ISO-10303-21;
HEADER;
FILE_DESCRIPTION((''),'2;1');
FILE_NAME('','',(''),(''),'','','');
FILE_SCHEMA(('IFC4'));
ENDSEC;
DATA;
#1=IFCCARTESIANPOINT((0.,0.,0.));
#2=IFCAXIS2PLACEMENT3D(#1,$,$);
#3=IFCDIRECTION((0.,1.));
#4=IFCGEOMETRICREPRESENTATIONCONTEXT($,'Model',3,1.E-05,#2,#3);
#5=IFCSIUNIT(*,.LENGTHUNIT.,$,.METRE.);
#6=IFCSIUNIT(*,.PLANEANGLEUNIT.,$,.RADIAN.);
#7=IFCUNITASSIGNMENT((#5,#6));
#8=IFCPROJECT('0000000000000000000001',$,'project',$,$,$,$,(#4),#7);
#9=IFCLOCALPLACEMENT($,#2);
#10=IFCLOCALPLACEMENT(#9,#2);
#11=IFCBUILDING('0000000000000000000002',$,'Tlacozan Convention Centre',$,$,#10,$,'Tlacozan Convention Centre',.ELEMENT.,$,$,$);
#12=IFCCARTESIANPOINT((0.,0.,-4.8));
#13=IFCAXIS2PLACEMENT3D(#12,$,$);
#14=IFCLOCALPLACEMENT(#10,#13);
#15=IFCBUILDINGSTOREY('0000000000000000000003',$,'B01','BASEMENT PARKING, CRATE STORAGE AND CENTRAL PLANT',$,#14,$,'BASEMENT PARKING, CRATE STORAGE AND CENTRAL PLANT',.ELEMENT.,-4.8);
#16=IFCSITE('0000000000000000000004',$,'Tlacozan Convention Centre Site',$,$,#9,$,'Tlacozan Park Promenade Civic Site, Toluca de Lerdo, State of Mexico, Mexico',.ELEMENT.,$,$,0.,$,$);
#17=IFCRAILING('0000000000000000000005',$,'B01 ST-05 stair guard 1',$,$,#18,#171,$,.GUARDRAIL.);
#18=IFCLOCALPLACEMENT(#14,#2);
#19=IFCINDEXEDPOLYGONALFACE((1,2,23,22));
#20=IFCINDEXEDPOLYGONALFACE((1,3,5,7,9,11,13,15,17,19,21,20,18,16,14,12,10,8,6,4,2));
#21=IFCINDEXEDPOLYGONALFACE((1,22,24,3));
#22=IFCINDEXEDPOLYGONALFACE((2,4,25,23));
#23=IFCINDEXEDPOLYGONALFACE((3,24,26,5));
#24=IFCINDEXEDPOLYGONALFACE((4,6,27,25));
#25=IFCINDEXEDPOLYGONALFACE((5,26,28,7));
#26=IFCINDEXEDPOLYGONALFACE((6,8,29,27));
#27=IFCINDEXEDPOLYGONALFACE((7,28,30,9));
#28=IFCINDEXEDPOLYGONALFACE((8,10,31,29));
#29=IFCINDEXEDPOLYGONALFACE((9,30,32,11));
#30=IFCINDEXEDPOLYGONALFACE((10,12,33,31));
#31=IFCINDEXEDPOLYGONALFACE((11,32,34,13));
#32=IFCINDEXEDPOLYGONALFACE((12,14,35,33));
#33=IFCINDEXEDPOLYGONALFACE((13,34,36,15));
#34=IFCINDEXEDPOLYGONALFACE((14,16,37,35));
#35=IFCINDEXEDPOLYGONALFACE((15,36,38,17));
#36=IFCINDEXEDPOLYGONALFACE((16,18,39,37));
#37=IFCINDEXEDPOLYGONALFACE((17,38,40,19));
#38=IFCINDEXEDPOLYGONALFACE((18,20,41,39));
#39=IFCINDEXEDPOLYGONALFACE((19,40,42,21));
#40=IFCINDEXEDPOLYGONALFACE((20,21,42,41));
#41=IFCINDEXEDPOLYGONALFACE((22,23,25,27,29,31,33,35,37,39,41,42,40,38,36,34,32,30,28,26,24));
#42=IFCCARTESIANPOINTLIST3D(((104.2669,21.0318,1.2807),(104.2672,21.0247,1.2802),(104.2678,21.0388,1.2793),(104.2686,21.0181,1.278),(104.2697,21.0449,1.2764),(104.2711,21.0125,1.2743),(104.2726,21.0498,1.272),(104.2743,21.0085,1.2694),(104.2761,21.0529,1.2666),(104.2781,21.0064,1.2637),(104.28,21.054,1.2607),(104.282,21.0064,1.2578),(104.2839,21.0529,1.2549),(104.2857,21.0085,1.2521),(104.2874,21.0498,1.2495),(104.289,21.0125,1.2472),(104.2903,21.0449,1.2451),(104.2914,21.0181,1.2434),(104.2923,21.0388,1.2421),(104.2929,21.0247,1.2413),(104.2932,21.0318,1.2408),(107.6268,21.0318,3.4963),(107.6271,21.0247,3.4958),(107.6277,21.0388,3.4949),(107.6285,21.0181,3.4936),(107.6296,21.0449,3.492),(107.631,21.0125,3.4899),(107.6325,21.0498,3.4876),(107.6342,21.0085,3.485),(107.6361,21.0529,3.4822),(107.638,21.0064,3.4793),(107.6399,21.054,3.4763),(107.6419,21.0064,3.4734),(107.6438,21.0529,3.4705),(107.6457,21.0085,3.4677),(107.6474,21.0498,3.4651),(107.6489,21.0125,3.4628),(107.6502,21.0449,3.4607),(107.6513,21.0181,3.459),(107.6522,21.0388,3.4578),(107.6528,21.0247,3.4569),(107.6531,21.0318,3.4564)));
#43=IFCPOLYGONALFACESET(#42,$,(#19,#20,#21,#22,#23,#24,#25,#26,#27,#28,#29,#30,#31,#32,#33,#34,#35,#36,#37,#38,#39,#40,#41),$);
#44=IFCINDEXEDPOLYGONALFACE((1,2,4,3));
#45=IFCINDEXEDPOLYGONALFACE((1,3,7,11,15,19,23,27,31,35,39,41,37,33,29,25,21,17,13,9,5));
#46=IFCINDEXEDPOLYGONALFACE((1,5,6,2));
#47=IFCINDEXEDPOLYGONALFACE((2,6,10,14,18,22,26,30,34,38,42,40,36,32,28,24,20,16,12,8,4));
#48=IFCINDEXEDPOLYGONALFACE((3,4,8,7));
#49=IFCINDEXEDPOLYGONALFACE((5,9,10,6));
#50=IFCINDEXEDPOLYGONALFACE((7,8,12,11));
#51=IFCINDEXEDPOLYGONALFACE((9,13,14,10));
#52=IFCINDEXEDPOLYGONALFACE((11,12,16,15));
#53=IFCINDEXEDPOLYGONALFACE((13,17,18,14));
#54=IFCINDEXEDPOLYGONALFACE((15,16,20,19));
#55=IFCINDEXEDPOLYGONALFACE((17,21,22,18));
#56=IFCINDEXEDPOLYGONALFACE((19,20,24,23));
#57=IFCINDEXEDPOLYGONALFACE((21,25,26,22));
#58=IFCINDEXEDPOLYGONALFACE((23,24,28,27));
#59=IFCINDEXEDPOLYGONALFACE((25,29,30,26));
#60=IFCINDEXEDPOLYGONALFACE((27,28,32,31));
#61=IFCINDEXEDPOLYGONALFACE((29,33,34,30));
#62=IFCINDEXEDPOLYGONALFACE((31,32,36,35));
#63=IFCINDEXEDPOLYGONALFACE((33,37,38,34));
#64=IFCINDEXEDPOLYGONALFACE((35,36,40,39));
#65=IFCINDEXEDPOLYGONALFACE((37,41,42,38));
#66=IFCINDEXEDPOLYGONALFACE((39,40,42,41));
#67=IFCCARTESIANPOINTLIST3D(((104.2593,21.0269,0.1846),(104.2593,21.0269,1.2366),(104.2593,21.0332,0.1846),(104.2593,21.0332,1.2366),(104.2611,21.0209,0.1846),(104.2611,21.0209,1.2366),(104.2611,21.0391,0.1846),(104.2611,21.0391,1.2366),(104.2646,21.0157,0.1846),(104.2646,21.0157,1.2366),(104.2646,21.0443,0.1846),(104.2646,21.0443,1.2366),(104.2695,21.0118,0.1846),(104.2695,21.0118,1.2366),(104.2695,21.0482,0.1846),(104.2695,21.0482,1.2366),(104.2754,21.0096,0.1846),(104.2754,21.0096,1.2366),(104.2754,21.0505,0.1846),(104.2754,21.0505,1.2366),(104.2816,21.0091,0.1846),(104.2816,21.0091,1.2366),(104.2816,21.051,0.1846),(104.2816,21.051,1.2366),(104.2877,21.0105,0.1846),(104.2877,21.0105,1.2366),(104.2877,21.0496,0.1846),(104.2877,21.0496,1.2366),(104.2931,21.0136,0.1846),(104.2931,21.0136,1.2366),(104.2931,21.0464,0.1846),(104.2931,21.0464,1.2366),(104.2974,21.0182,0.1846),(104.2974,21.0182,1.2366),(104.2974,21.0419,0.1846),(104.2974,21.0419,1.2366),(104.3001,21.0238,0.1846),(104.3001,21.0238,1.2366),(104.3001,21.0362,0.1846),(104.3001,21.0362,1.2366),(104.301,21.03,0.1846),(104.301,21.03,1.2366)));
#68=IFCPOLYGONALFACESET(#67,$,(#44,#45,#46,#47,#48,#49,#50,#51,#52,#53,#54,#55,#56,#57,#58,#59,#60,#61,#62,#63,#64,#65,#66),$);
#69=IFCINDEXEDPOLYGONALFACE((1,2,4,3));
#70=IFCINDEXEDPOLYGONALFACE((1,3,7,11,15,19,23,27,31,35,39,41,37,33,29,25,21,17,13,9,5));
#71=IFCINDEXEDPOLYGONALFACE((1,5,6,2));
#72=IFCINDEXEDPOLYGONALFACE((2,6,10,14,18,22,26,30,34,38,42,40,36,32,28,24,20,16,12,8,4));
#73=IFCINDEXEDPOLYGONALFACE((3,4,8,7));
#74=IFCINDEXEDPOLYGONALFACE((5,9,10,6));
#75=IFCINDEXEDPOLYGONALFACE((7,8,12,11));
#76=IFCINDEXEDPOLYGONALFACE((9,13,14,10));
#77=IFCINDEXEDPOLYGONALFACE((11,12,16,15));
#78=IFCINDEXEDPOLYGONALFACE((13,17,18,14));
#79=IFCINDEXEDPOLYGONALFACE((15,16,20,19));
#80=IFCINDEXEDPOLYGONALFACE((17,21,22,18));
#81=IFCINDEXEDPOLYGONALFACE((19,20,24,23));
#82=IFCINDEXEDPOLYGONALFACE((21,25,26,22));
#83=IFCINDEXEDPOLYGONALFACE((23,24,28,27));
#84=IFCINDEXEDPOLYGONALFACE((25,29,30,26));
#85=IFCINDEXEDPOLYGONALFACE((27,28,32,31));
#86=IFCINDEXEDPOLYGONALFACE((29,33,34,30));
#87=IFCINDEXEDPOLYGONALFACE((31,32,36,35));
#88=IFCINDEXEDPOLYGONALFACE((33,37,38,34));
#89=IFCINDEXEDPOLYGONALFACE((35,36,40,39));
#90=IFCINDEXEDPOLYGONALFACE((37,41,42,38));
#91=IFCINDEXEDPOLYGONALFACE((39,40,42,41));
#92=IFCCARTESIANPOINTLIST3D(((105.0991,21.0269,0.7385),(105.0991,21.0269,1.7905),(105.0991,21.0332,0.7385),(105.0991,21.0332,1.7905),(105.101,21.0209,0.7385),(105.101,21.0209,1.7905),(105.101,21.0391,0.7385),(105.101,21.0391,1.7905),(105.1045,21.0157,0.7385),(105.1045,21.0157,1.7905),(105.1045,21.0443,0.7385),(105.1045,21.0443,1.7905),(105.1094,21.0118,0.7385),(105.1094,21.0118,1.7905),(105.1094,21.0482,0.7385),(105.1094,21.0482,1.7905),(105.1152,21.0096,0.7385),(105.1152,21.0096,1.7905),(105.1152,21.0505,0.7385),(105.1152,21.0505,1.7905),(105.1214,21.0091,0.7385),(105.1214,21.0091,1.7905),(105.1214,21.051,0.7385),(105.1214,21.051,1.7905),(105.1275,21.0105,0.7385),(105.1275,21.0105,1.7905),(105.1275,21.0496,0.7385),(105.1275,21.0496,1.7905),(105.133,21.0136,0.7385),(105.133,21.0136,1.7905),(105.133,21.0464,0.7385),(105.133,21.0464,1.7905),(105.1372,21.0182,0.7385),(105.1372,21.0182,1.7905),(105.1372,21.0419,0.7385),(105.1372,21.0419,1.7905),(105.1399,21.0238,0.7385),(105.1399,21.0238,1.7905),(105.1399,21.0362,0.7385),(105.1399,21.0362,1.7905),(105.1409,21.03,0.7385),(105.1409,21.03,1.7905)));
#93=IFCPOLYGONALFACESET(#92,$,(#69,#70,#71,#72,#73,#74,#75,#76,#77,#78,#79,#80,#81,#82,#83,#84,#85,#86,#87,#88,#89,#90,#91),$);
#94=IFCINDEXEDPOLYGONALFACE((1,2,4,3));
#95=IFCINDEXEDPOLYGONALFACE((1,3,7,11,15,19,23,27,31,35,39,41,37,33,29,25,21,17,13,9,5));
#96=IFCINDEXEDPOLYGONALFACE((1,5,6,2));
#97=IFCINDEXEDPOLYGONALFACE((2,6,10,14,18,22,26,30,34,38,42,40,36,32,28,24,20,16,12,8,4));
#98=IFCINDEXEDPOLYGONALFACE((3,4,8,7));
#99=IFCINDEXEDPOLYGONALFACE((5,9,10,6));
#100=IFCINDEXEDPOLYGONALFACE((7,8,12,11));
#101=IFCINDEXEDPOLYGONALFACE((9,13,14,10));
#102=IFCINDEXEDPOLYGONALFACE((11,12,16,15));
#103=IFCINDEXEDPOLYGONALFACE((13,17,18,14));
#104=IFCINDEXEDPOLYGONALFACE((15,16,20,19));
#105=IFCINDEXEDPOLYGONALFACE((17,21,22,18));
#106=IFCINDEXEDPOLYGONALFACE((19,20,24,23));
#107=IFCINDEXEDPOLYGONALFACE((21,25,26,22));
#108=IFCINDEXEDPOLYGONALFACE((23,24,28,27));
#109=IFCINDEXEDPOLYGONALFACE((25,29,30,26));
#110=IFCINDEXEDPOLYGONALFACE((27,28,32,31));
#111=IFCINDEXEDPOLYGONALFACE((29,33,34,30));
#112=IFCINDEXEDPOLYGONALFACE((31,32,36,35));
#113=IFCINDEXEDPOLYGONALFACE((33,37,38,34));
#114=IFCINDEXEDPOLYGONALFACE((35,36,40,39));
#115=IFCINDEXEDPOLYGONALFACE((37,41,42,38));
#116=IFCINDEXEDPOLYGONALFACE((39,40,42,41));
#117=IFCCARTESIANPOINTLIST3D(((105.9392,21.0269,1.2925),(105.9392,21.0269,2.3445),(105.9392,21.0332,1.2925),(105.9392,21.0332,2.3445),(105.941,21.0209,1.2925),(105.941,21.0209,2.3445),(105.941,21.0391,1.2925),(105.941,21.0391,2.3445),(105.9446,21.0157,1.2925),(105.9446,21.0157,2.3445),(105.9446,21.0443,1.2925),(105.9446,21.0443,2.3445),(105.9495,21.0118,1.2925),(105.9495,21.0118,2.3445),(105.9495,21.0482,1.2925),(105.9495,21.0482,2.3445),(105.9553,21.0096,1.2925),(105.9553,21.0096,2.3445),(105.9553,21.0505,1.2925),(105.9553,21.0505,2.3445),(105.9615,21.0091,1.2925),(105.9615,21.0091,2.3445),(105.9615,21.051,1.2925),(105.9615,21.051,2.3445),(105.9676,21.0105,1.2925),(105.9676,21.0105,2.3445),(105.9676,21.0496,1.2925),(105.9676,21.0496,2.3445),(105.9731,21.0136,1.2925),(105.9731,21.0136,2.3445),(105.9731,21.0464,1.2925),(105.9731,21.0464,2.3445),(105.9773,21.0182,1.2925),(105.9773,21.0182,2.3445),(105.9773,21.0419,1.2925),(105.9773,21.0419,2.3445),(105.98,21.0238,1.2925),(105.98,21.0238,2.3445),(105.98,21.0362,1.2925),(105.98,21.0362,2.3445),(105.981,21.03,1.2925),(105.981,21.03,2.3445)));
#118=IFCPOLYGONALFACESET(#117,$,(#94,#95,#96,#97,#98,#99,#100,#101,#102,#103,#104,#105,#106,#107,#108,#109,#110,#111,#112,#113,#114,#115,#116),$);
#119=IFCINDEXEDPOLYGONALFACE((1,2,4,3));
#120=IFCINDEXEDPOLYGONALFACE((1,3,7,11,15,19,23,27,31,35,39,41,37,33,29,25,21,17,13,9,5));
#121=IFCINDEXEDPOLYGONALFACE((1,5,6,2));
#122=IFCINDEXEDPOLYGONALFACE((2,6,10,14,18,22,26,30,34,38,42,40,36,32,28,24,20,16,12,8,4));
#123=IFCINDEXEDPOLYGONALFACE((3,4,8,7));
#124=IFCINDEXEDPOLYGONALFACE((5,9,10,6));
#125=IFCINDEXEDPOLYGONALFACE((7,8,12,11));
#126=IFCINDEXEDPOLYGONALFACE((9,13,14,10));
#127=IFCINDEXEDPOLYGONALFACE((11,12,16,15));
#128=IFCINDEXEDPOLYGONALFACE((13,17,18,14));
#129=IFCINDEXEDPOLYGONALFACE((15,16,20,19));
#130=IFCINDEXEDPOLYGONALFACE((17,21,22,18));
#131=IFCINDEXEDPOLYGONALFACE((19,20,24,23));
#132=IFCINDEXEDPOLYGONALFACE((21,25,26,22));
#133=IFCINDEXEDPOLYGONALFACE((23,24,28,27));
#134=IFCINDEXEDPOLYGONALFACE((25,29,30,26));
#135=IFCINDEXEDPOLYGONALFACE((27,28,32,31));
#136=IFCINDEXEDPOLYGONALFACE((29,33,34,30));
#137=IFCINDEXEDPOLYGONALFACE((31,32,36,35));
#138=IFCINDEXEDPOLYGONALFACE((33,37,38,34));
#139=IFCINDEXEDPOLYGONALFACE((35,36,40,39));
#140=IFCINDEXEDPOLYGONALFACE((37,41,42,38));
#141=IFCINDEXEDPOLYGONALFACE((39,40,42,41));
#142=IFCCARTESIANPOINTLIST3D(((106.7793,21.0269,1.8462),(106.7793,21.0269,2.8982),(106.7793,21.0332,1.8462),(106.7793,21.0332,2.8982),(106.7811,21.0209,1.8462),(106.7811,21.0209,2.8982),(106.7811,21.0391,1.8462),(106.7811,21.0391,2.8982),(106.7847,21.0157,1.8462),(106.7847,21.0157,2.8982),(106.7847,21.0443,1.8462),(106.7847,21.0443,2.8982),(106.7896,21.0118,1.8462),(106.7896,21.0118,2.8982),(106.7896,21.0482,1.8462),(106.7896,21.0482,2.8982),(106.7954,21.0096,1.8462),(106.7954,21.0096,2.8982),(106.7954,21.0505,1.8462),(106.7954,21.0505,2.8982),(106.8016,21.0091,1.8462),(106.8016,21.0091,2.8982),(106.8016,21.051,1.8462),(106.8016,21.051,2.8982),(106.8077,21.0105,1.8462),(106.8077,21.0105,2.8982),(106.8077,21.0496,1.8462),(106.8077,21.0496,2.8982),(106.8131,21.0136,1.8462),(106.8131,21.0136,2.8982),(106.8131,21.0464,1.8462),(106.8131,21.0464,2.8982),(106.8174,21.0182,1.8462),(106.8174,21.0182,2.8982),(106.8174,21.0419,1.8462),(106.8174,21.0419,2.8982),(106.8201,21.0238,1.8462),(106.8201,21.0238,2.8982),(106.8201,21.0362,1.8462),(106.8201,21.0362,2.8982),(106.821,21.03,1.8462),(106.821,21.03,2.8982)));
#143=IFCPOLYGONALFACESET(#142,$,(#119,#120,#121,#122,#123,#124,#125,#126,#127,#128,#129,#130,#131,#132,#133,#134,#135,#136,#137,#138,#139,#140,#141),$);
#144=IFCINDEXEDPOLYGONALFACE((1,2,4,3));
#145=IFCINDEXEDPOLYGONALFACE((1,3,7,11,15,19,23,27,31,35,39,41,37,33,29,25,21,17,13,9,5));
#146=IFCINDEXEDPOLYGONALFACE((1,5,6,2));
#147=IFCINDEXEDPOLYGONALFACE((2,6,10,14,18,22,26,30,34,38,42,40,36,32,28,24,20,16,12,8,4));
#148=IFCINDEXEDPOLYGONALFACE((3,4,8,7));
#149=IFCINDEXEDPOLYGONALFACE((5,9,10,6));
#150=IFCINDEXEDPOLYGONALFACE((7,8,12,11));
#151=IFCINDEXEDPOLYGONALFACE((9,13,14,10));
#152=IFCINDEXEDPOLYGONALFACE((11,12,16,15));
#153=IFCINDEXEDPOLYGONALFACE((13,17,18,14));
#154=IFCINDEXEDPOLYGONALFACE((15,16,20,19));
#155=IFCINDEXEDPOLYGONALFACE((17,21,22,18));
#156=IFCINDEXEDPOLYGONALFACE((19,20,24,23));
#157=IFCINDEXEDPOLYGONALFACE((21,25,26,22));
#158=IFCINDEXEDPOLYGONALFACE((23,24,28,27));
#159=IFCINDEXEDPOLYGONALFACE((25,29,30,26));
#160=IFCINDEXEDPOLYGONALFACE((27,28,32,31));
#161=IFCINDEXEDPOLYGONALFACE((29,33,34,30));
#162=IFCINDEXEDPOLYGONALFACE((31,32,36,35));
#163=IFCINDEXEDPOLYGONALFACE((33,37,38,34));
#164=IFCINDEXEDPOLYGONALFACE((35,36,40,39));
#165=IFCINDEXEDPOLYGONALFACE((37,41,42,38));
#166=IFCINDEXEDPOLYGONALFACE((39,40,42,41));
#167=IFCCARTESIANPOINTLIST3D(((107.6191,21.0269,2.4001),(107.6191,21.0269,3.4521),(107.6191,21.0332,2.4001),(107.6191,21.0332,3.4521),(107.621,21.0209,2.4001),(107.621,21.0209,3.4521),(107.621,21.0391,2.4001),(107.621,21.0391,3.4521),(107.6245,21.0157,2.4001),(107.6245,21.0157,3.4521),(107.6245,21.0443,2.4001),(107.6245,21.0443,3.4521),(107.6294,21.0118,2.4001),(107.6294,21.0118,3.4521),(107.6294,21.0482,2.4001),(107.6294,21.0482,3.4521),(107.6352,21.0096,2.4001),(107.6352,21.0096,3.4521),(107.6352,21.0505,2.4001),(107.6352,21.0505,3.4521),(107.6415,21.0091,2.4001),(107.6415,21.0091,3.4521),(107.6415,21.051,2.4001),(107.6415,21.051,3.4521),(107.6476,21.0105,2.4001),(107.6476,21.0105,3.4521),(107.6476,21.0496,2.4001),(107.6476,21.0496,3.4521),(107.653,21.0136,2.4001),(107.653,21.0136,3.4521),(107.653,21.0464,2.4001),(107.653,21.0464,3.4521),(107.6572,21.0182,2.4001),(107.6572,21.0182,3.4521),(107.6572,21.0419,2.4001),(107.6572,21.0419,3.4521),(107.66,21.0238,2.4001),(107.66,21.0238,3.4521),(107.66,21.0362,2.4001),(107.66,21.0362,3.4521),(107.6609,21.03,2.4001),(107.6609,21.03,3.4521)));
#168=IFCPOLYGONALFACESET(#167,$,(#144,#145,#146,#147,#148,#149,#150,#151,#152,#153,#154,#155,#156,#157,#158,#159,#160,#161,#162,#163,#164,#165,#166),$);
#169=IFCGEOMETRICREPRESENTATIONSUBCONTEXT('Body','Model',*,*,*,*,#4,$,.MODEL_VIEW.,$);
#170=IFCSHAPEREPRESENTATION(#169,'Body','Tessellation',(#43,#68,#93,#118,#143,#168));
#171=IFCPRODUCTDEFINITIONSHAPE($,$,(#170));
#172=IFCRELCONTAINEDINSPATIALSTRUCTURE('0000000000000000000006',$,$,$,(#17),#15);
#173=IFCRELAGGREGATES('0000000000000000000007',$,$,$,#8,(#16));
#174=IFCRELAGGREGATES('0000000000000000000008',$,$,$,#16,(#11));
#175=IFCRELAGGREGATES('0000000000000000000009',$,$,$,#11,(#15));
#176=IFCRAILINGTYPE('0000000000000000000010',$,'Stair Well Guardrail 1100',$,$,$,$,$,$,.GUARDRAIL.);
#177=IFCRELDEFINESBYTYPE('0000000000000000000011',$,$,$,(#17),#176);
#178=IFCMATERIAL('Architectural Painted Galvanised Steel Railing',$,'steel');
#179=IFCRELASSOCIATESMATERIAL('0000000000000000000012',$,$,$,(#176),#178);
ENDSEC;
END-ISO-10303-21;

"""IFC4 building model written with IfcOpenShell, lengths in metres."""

from ifc_helpers import new_model, si_unit, direction, frame, origin, origin_2d, place, context, subcontext, project, spatial, circle, extrude, material, type_object, element, save


model = new_model("IFC4")

# Units and contexts
model_context = context("Model", 3, precision=1e-05, world=origin(), true_north=direction((0.0, 1.0)))
body_context = subcontext(model_context, "Body", "Model", "MODEL_VIEW")
ifc_project = project(units=[si_unit("LENGTHUNIT", "METRE"), si_unit("PLANEANGLEUNIT", "RADIAN")], contexts=[model_context])

# Site, building, storey
site_placement = place(None, origin())
site = spatial("IfcSite", under=ifc_project, at=site_placement, Name="Tlacozan Convention Centre Site", LongName="Tlacozan Park Promenade Civic Site, Toluca de Lerdo, State of Mexico, Mexico", CompositionType="ELEMENT", RefElevation=0.0)
building_placement = place(site_placement, origin())
building = spatial("IfcBuilding", under=site, at=building_placement, Name="Tlacozan Convention Centre", LongName="Tlacozan Convention Centre", CompositionType="ELEMENT")
storey_placement = place(building_placement, frame((0.0, 0.0, -4.8)))
storey = spatial("IfcBuildingStorey", under=building, at=storey_placement, Name="B01", Description="BASEMENT PARKING, CRATE STORAGE AND CENTRAL PLANT", LongName="BASEMENT PARKING, CRATE STORAGE AND CENTRAL PLANT", CompositionType="ELEMENT", Elevation=-4.8)

# Railing
ifc_material_1 = material(Name="Architectural Painted Galvanised Steel Railing", Category="steel")
railing_type_1 = type_object("IfcRailingType", Name="Stair Well Guardrail 1100", PredefinedType="GUARDRAIL", material=ifc_material_1)
railing_1_placement = place(storey_placement, frame((104.28, 21.03, 0.1846)))
element("IfcRailing", 1, at=railing_1_placement, inside=storey, type_object=railing_type_1, Name="B01 ST-05 stair guard 1", PredefinedType="GUARDRAIL", context=body_context, shape_type="SweptSolid", body=[
    extrude(circle(Radius=0.0239, at=origin_2d()), frame((0.0, 0.0, 1.0762), z_axis=(0.83483, 0.0, 0.550508), x_axis=(0.0, 1.0, 0.0)), (0.0, 0.0, 1.0), 4.0247),
    extrude(circle(Radius=0.021, at=origin_2d()), origin(), (0.0, 0.0, 1.0), 1.052),
    extrude(circle(Radius=0.021, at=origin_2d()), frame((0.8398, 0.0, 0.554)), (0.0, 0.0, 1.0), 1.052),
    extrude(circle(Radius=0.021, at=origin_2d()), frame((1.6799, 0.0, 1.1079)), (0.0, 0.0, 1.0), 1.052),
    extrude(circle(Radius=0.021, at=origin_2d()), frame((2.52, 0.0, 1.6616)), (0.0, 0.0, 1.0), 1.052),
    extrude(circle(Radius=0.021, at=origin_2d()), frame((3.3599, 0.0, 2.2156)), (0.0, 0.0, 1.0), 1.052),
])

save(model, "model.ifc")
